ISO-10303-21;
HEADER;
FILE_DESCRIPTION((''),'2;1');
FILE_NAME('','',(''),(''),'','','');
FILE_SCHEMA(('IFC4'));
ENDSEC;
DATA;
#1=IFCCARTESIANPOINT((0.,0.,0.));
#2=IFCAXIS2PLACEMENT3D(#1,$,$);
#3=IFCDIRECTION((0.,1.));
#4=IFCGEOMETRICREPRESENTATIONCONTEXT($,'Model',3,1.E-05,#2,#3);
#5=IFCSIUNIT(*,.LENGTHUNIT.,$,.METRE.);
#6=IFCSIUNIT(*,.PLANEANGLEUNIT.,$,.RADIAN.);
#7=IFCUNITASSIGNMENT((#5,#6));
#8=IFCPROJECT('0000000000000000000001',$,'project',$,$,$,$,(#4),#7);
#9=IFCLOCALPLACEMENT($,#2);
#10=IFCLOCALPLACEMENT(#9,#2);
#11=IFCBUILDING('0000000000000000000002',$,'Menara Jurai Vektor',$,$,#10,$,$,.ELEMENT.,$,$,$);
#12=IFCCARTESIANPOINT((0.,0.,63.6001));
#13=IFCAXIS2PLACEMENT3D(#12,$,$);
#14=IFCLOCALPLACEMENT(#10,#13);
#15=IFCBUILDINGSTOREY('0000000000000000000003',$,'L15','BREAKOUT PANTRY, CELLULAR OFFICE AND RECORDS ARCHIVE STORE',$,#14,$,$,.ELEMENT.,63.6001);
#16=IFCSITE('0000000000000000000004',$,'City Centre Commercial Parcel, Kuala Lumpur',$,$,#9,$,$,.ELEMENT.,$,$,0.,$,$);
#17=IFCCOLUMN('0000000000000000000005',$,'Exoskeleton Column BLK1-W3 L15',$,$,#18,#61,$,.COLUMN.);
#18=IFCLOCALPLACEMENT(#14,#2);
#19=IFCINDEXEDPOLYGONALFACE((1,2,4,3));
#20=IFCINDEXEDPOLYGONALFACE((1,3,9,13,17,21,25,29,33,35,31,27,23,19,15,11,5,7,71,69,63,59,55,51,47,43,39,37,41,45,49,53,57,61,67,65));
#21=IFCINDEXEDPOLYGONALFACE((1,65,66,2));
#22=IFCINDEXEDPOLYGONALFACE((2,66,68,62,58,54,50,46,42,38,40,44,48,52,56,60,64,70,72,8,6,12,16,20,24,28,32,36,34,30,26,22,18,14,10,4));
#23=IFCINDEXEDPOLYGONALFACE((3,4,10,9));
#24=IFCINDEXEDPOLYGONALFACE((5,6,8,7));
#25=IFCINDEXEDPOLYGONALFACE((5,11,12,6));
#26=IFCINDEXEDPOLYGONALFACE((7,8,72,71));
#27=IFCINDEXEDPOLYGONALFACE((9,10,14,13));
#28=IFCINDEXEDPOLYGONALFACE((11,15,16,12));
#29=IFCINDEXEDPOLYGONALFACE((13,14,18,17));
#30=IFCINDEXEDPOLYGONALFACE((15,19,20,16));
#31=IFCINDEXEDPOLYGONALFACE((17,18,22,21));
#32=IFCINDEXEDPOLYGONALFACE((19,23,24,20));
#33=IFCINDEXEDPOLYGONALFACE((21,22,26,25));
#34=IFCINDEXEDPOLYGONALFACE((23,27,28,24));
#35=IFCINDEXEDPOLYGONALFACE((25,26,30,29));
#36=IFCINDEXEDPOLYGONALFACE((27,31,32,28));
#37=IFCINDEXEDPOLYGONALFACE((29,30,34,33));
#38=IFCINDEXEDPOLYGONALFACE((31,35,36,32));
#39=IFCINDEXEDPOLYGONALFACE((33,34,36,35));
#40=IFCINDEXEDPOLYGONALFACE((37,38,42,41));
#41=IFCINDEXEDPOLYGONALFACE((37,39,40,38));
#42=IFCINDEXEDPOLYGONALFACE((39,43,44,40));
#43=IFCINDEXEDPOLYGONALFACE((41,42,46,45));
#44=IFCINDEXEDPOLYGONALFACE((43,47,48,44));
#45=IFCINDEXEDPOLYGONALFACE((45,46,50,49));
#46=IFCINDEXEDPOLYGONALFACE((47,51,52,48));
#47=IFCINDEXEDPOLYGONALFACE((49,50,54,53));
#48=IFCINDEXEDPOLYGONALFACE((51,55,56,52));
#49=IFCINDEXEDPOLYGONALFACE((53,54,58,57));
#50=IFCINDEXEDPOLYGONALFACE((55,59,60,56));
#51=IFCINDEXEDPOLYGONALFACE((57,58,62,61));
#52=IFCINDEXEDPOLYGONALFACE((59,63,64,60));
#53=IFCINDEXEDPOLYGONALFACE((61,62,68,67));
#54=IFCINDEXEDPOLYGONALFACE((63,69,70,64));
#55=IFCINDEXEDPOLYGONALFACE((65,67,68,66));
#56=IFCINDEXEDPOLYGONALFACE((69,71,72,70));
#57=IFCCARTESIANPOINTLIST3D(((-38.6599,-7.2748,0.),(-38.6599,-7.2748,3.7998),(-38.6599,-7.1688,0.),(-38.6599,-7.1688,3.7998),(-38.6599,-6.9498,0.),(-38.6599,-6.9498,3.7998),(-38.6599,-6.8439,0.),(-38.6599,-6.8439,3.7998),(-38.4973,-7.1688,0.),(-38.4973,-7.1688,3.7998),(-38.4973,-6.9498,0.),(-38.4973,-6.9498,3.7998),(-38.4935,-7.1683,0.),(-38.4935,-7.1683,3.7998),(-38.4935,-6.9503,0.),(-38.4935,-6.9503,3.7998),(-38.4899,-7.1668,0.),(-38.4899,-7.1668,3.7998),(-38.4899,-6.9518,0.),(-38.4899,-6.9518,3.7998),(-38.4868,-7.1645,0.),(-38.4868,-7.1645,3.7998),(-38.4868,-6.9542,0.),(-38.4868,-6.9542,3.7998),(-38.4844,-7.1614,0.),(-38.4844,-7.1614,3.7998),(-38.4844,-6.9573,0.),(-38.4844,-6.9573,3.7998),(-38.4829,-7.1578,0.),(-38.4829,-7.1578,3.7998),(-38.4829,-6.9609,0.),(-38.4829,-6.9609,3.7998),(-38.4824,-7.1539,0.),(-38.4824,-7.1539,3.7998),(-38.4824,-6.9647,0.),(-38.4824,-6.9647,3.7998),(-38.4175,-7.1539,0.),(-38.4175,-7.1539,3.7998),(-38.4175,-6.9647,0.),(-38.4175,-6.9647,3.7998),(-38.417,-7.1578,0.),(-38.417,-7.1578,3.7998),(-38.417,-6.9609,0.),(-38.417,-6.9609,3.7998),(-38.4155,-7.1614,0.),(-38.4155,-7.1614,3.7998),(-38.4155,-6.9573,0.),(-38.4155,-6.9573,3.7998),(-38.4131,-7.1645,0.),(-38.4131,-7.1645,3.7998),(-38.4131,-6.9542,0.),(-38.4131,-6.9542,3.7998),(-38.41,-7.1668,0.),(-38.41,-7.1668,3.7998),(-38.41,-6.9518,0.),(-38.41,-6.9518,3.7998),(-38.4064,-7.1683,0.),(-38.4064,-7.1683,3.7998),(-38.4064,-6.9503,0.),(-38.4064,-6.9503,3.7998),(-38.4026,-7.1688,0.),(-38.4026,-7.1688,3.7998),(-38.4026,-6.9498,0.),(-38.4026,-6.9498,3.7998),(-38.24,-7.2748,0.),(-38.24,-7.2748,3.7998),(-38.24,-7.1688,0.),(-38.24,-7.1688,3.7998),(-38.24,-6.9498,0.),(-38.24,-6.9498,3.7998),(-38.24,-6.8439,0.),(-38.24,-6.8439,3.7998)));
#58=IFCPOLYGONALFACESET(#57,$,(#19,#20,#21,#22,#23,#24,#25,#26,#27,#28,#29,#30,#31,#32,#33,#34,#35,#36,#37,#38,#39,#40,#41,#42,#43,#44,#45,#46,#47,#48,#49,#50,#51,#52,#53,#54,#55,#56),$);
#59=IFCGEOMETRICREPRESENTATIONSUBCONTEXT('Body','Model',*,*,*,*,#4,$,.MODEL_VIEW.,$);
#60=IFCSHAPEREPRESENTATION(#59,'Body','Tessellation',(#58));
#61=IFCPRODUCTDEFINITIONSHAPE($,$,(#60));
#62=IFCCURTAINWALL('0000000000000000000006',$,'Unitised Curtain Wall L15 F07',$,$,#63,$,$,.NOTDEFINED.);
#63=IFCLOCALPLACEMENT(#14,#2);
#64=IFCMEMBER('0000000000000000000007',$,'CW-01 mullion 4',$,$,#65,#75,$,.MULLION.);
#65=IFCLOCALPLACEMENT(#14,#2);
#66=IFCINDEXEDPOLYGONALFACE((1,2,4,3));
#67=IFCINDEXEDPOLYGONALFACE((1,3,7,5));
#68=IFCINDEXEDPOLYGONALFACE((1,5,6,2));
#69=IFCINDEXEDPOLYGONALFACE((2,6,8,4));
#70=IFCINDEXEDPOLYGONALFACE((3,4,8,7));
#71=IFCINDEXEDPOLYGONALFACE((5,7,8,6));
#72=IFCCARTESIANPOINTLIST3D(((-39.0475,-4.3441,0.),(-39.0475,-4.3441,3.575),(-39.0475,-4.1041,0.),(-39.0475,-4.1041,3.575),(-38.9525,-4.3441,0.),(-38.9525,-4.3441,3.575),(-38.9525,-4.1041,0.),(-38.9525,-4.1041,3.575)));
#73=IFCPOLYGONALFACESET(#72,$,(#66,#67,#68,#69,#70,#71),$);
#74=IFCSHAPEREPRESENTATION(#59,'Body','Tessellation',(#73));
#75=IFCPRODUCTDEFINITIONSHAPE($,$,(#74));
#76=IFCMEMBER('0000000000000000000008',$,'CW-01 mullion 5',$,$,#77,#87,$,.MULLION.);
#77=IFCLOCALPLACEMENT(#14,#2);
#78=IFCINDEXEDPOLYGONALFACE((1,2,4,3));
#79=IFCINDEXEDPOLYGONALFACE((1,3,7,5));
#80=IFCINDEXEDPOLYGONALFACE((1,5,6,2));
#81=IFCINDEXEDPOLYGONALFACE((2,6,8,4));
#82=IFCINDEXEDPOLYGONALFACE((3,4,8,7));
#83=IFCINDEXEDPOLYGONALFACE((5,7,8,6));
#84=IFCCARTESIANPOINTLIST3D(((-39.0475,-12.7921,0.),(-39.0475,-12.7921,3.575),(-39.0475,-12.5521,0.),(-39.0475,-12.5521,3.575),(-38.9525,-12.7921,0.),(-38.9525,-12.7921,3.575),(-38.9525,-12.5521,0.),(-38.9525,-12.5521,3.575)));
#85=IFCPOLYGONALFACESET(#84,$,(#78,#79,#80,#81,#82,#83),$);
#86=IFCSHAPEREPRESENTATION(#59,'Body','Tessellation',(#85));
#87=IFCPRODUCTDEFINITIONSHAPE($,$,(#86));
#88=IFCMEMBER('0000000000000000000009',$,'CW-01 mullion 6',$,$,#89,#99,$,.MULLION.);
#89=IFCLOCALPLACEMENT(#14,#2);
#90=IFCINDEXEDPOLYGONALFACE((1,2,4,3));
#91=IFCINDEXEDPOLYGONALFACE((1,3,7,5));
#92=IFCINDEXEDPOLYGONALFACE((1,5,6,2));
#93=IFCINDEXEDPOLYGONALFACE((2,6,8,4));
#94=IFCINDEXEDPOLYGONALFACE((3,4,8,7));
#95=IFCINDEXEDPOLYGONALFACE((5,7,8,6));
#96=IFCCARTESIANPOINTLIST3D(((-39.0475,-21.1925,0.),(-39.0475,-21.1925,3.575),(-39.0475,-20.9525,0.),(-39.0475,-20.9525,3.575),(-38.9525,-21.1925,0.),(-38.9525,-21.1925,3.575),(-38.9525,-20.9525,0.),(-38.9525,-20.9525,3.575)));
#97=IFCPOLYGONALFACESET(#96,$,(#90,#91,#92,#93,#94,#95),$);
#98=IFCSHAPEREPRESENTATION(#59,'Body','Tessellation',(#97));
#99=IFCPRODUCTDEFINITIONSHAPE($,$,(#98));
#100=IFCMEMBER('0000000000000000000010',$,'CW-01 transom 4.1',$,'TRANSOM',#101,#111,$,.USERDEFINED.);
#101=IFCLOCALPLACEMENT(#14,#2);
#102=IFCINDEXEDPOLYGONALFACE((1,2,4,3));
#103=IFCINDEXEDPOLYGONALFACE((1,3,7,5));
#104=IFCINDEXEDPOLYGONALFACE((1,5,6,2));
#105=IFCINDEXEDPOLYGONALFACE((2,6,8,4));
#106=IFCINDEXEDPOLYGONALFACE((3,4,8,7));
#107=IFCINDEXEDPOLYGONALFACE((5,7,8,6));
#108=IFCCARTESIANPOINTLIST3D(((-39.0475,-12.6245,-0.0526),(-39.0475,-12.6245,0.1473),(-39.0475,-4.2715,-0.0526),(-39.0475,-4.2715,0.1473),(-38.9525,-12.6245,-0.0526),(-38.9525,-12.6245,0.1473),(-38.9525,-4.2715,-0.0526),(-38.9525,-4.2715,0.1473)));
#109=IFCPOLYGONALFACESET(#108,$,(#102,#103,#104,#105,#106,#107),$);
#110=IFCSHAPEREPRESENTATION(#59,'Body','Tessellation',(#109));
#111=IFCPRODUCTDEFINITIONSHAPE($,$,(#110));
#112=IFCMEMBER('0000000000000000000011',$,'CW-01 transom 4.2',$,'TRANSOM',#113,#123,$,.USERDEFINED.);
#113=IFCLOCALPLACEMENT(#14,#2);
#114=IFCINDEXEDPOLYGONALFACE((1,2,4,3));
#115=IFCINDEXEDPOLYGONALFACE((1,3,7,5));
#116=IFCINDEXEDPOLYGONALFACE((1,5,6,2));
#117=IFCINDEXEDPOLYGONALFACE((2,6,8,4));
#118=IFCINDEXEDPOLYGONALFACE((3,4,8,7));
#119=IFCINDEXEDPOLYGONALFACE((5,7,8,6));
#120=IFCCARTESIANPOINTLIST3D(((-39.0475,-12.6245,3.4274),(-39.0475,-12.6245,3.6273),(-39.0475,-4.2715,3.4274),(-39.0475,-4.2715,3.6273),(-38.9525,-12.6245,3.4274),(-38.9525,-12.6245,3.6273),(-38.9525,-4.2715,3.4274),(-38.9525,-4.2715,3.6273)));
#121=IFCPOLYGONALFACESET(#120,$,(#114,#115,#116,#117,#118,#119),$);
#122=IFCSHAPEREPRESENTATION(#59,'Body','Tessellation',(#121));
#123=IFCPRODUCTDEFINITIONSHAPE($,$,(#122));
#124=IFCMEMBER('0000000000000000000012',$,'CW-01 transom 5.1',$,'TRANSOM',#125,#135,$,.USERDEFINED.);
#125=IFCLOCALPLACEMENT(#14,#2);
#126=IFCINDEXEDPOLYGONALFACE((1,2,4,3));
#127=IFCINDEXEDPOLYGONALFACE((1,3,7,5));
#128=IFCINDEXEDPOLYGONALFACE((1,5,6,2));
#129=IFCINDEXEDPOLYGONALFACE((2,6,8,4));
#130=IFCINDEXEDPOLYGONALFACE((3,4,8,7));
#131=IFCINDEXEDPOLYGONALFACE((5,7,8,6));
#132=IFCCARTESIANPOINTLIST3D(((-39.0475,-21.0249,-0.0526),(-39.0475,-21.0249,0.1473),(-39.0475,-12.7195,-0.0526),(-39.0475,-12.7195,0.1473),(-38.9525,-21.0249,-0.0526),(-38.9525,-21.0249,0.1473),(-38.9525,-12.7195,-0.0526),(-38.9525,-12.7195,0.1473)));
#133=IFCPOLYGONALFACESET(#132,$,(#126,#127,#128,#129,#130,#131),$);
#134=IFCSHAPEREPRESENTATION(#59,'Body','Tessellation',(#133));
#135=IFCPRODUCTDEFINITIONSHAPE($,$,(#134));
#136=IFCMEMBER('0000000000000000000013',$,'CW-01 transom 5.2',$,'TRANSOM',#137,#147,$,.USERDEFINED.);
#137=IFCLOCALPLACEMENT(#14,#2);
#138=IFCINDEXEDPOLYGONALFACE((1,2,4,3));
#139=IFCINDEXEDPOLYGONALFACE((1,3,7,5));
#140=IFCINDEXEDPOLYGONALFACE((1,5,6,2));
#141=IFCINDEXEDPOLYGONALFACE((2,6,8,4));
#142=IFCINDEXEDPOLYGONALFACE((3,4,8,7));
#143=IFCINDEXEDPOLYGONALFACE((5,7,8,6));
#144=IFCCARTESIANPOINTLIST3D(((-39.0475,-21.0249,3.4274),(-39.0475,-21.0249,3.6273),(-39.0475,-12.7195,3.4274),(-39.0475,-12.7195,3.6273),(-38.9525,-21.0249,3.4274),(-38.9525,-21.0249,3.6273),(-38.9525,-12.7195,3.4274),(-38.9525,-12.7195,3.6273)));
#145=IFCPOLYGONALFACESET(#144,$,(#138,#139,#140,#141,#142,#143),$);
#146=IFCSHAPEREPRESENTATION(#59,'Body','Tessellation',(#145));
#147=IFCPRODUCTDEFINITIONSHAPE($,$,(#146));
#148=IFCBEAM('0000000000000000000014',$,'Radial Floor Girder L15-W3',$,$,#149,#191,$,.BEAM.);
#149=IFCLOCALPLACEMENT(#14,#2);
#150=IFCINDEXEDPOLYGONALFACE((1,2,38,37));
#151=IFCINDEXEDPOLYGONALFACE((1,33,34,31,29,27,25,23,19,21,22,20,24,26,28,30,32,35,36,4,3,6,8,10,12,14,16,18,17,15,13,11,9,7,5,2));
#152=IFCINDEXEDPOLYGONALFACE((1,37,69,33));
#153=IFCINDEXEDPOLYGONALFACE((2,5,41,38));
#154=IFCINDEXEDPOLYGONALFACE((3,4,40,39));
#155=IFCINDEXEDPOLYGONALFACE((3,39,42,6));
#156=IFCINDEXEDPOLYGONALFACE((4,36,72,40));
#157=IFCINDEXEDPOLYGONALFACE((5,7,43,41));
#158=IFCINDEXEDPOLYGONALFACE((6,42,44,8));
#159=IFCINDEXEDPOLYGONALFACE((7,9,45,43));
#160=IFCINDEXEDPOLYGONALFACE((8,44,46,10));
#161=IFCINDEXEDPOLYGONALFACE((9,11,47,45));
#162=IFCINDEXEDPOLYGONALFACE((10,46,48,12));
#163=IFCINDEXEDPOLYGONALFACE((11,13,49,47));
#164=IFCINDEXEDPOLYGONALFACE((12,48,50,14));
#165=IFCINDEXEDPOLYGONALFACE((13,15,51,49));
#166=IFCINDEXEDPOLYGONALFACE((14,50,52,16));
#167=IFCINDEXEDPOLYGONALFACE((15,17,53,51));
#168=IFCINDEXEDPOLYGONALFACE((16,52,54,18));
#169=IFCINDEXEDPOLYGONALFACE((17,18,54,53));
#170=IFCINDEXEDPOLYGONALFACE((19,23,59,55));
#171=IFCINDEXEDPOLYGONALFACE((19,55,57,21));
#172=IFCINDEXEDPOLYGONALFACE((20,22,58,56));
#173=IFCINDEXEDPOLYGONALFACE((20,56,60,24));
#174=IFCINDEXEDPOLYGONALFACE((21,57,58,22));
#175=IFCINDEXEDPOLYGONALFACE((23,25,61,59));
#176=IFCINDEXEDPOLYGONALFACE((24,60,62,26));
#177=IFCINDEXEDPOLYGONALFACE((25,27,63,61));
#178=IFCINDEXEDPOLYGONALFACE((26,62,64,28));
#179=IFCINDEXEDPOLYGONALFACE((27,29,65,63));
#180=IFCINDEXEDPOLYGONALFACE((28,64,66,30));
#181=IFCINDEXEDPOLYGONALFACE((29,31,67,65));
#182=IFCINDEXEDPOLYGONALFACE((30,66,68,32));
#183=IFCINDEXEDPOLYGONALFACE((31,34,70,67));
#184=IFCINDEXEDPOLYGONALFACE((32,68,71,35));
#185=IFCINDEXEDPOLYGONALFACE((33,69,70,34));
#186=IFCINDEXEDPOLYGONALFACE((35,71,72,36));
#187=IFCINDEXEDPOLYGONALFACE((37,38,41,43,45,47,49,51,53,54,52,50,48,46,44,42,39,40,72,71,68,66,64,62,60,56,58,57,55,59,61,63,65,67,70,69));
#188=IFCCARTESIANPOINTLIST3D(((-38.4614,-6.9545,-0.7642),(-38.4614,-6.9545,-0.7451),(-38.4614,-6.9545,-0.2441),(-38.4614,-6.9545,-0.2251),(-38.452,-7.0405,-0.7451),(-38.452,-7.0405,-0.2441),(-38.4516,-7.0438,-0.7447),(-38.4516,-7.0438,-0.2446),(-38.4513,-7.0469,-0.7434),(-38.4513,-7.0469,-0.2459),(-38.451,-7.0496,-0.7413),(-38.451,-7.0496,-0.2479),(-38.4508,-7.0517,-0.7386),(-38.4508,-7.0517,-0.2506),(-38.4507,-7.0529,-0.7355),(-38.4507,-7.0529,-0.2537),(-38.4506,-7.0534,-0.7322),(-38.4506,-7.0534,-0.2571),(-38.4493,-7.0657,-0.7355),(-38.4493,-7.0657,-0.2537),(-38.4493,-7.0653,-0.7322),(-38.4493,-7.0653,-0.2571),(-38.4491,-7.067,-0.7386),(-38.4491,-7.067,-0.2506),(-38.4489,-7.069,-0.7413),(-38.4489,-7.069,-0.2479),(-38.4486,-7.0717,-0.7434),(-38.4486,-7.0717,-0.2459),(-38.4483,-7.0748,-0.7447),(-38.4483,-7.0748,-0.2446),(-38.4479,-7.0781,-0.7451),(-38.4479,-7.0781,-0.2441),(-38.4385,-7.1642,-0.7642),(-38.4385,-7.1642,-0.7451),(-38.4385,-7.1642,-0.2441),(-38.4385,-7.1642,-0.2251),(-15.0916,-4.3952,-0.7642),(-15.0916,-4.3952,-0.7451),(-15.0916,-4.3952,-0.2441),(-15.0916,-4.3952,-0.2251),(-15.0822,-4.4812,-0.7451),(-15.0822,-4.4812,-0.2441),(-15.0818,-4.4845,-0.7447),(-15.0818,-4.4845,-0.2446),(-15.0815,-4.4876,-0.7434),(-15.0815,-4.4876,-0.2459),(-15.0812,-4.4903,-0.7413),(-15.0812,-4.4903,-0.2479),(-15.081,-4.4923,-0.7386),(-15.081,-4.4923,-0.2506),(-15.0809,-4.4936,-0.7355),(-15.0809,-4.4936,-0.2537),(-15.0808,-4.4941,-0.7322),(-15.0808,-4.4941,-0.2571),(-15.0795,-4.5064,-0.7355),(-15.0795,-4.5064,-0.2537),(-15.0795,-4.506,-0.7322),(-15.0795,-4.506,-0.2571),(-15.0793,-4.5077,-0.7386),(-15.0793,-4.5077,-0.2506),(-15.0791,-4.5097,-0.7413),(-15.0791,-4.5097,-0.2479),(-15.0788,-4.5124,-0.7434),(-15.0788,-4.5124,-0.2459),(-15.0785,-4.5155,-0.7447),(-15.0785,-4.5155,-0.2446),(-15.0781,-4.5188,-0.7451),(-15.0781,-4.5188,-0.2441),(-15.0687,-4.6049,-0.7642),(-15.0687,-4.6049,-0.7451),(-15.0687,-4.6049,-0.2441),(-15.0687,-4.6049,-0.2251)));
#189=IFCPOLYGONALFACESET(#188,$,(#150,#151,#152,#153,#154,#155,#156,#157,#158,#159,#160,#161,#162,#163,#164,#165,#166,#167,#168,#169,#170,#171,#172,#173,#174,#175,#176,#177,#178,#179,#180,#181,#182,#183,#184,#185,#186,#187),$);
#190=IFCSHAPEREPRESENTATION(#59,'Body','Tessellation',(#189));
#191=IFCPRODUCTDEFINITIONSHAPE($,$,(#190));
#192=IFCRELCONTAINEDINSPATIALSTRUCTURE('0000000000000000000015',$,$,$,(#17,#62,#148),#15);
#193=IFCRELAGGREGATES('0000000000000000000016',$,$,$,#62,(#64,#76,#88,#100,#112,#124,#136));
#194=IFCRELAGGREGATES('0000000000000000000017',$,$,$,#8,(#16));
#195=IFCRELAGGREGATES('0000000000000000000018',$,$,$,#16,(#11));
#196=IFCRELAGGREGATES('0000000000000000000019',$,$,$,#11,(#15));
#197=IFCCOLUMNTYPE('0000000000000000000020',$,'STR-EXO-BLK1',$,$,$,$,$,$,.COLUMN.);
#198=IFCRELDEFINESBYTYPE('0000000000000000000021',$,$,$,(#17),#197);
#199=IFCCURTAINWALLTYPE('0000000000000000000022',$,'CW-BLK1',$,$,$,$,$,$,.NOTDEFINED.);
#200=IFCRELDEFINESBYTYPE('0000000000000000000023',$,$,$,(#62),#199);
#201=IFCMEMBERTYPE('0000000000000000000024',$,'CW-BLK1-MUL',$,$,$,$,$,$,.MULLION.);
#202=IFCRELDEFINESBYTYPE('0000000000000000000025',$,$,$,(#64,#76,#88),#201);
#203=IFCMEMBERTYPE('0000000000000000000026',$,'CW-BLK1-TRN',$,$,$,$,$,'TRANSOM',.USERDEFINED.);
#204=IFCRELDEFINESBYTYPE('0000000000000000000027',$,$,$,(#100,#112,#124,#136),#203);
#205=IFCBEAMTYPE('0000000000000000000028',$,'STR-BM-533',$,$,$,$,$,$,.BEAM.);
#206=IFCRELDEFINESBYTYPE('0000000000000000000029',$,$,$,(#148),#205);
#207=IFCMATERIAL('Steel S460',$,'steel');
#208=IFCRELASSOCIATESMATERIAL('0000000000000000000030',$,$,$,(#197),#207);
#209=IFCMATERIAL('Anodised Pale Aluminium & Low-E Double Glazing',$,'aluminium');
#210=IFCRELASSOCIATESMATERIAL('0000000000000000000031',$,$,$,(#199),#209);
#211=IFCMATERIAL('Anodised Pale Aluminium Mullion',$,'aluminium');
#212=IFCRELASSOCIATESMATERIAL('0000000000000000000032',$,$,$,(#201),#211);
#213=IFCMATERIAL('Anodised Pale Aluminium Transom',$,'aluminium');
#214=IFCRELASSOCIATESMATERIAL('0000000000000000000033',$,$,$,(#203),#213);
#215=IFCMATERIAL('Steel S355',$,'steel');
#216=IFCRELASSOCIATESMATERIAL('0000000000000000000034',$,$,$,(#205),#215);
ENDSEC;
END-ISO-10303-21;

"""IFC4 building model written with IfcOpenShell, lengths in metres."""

from ifc_helpers import new_model, si_unit, direction, frame, origin, origin_2d, place, context, subcontext, project, spatial, rectangle, i_section, extrude, material, material_profile, profile_set, type_object, element, aggregate, save


model = new_model("IFC4")

# Units and contexts
model_context = context("Model", 3, precision=1e-05, world=origin(), true_north=direction((0.0, 1.0)))
body_context = subcontext(model_context, "Body", "Model", "MODEL_VIEW")
ifc_project = project(units=[si_unit("LENGTHUNIT", "METRE"), si_unit("PLANEANGLEUNIT", "RADIAN")], contexts=[model_context])

# Site, building, storey
site_placement = place(None, origin())
site = spatial("IfcSite", under=ifc_project, at=site_placement, Name="City Centre Commercial Parcel, Kuala Lumpur", CompositionType="ELEMENT", RefElevation=0.0)
building_placement = place(site_placement, origin())
building = spatial("IfcBuilding", under=site, at=building_placement, Name="Menara Jurai Vektor", CompositionType="ELEMENT")
storey_placement = place(building_placement, frame((0.0, 0.0, 63.6001)))
storey = spatial("IfcBuildingStorey", under=building, at=storey_placement, Name="L15", Description="BREAKOUT PANTRY, CELLULAR OFFICE AND RECORDS ARCHIVE STORE", CompositionType="ELEMENT", Elevation=63.6001)

# Column
ifc_material_1 = material(Name="Steel S460", Category="steel")
ifc_material_profile_1 = material_profile(ifc_material_1, i_section(OverallWidth=0.4199, OverallDepth=0.4309, WebThickness=0.0649, FlangeThickness=0.106, FilletRadius=0.0149, at=origin_2d()), Name="HD 400x900")
ifc_profile_set_1 = profile_set([ifc_material_profile_1], Name="Steel S460")
column_type = type_object("IfcColumnType", Name="STR-EXO-BLK1", PredefinedType="COLUMN", material=ifc_profile_set_1)
column_placement = place(storey_placement, frame((-38.45, -7.0593, 0.0), z_axis=(0.0, 0.0, 1.0), x_axis=(1.0, 0.0, 0.0)))
element("IfcColumn", 1, at=column_placement, inside=storey, type_object=column_type, Name="Exoskeleton Column BLK1-W3 L15", PredefinedType="COLUMN", context=body_context, shape_type="SweptSolid", body=[
    extrude(i_section(OverallWidth=0.4199, OverallDepth=0.4309, WebThickness=0.0649, FlangeThickness=0.106, FilletRadius=0.0149, at=origin_2d()), origin(), (0.0, 0.0, 1.0), 3.7998),
])

# Curtain wall, members
ifc_material_2 = material(Name="Anodised Pale Aluminium & Low-E Double Glazing", Category="aluminium")
curtain_wall_type = type_object("IfcCurtainWallType", Name="CW-BLK1", PredefinedType="NOTDEFINED", material=ifc_material_2)
curtain_wall_placement = place(storey_placement, origin())
curtain_wall = element("IfcCurtainWall", 2, at=curtain_wall_placement, inside=storey, type_object=curtain_wall_type, Name="Unitised Curtain Wall L15 F07", PredefinedType="NOTDEFINED")
ifc_material_3 = material(Name="Anodised Pale Aluminium Mullion", Category="aluminium")
ifc_material_profile_2 = material_profile(ifc_material_3, rectangle(XDim=0.095, YDim=0.24, at=origin_2d()), Name="ALU MUL 95x240")
ifc_profile_set_2 = profile_set([ifc_material_profile_2], Name="Anodised Pale Aluminium Mullion")
member_type_1 = type_object("IfcMemberType", Name="CW-BLK1-MUL", PredefinedType="MULLION", material=ifc_profile_set_2)
member_1_placement = place(storey_placement, frame((-39.0, -4.2241, 0.0), z_axis=(0.0, 0.0, 1.0), x_axis=(1.0, 0.0, 0.0)))
member_1 = element("IfcMember", 3, at=member_1_placement, type_object=member_type_1, Name="CW-01 mullion 4", PredefinedType="MULLION", context=body_context, shape_type="SweptSolid", body=[
    extrude(rectangle(XDim=0.095, YDim=0.24, at=origin_2d()), origin(), (0.0, 0.0, 1.0), 3.575),
])
member_2_placement = place(storey_placement, frame((-39.0, -12.6721, 0.0), z_axis=(0.0, 0.0, 1.0), x_axis=(1.0, 0.0, 0.0)))
member_2 = element("IfcMember", 4, at=member_2_placement, type_object=member_type_1, Name="CW-01 mullion 5", PredefinedType="MULLION", context=body_context, shape_type="SweptSolid", body=[
    extrude(rectangle(XDim=0.095, YDim=0.24, at=origin_2d()), origin(), (0.0, 0.0, 1.0), 3.575),
])
member_3_placement = place(storey_placement, frame((-39.0, -21.0725, 0.0), z_axis=(0.0, 0.0, 1.0), x_axis=(1.0, 0.0, 0.0)))
member_3 = element("IfcMember", 5, at=member_3_placement, type_object=member_type_1, Name="CW-01 mullion 6", PredefinedType="MULLION", context=body_context, shape_type="SweptSolid", body=[
    extrude(rectangle(XDim=0.095, YDim=0.24, at=origin_2d()), origin(), (0.0, 0.0, 1.0), 3.575),
])
ifc_material_4 = material(Name="Anodised Pale Aluminium Transom", Category="aluminium")
ifc_material_profile_3 = material_profile(ifc_material_4, rectangle(XDim=0.095, YDim=0.2, at=origin_2d()), Name="ALU TRN 95x200")
ifc_profile_set_3 = profile_set([ifc_material_profile_3], Name="Anodised Pale Aluminium Transom")
member_type_2 = type_object("IfcMemberType", Name="CW-BLK1-TRN", ElementType="TRANSOM", PredefinedType="USERDEFINED", material=ifc_profile_set_3)
member_4_placement = place(storey_placement, frame((-39.0, -4.2715, 0.0474), z_axis=(0.0, -1.0, 0.0), x_axis=(1.0, 0.0, 0.0)))
member_4 = element("IfcMember", 6, at=member_4_placement, type_object=member_type_2, Name="CW-01 transom 4.1", ObjectType="TRANSOM", PredefinedType="USERDEFINED", context=body_context, shape_type="SweptSolid", body=[
    extrude(rectangle(XDim=0.095, YDim=0.2, at=origin_2d()), origin(), (0.0, 0.0, 1.0), 8.353),
])
member_5_placement = place(storey_placement, frame((-39.0, -4.2715, 3.5273), z_axis=(0.0, -1.0, 0.0), x_axis=(1.0, 0.0, 0.0)))
member_5 = element("IfcMember", 7, at=member_5_placement, type_object=member_type_2, Name="CW-01 transom 4.2", ObjectType="TRANSOM", PredefinedType="USERDEFINED", context=body_context, shape_type="SweptSolid", body=[
    extrude(rectangle(XDim=0.095, YDim=0.2, at=origin_2d()), origin(), (0.0, 0.0, 1.0), 8.353),
])
member_6_placement = place(storey_placement, frame((-39.0, -12.7195, 0.0474), z_axis=(0.0, -1.0, 0.0), x_axis=(1.0, 0.0, 0.0)))
member_6 = element("IfcMember", 8, at=member_6_placement, type_object=member_type_2, Name="CW-01 transom 5.1", ObjectType="TRANSOM", PredefinedType="USERDEFINED", context=body_context, shape_type="SweptSolid", body=[
    extrude(rectangle(XDim=0.095, YDim=0.2, at=origin_2d()), origin(), (0.0, 0.0, 1.0), 8.3054),
])
member_7_placement = place(storey_placement, frame((-39.0, -12.7195, 3.5273), z_axis=(0.0, -1.0, 0.0), x_axis=(1.0, 0.0, 0.0)))
member_7 = element("IfcMember", 9, at=member_7_placement, type_object=member_type_2, Name="CW-01 transom 5.2", ObjectType="TRANSOM", PredefinedType="USERDEFINED", context=body_context, shape_type="SweptSolid", body=[
    extrude(rectangle(XDim=0.095, YDim=0.2, at=origin_2d()), origin(), (0.0, 0.0, 1.0), 8.3054),
])

# Beam
ifc_material_5 = material(Name="Steel S355", Category="steel")
ifc_material_profile_4 = material_profile(ifc_material_5, i_section(OverallWidth=0.2109, OverallDepth=0.5391, WebThickness=0.012, FlangeThickness=0.019, FilletRadius=0.0129, at=origin_2d()), Name="UKB 533x210x109")
ifc_profile_set_4 = profile_set([ifc_material_profile_4], Name="Steel S355")
beam_type_1 = type_object("IfcBeamType", Name="STR-BM-533", PredefinedType="BEAM", material=ifc_profile_set_4)
beam_1_placement = place(storey_placement, frame((-38.45, -7.0593, -0.4946), z_axis=(0.994057, 0.108863, 0.0), x_axis=(-0.108863, 0.994057, 0.0)))
element("IfcBeam", 10, at=beam_1_placement, inside=storey, type_object=beam_type_1, Name="Radial Floor Girder L15-W3", PredefinedType="BEAM", context=body_context, shape_type="SweptSolid", body=[
    extrude(i_section(OverallWidth=0.2109, OverallDepth=0.5391, WebThickness=0.012, FlangeThickness=0.019, FilletRadius=0.0129, at=origin_2d()), origin(), (0.0, 0.0, 1.0), 23.5095),
])

aggregate(curtain_wall, [member_1, member_2, member_3, member_4, member_5, member_6, member_7])

save(model, "model.ifc")
